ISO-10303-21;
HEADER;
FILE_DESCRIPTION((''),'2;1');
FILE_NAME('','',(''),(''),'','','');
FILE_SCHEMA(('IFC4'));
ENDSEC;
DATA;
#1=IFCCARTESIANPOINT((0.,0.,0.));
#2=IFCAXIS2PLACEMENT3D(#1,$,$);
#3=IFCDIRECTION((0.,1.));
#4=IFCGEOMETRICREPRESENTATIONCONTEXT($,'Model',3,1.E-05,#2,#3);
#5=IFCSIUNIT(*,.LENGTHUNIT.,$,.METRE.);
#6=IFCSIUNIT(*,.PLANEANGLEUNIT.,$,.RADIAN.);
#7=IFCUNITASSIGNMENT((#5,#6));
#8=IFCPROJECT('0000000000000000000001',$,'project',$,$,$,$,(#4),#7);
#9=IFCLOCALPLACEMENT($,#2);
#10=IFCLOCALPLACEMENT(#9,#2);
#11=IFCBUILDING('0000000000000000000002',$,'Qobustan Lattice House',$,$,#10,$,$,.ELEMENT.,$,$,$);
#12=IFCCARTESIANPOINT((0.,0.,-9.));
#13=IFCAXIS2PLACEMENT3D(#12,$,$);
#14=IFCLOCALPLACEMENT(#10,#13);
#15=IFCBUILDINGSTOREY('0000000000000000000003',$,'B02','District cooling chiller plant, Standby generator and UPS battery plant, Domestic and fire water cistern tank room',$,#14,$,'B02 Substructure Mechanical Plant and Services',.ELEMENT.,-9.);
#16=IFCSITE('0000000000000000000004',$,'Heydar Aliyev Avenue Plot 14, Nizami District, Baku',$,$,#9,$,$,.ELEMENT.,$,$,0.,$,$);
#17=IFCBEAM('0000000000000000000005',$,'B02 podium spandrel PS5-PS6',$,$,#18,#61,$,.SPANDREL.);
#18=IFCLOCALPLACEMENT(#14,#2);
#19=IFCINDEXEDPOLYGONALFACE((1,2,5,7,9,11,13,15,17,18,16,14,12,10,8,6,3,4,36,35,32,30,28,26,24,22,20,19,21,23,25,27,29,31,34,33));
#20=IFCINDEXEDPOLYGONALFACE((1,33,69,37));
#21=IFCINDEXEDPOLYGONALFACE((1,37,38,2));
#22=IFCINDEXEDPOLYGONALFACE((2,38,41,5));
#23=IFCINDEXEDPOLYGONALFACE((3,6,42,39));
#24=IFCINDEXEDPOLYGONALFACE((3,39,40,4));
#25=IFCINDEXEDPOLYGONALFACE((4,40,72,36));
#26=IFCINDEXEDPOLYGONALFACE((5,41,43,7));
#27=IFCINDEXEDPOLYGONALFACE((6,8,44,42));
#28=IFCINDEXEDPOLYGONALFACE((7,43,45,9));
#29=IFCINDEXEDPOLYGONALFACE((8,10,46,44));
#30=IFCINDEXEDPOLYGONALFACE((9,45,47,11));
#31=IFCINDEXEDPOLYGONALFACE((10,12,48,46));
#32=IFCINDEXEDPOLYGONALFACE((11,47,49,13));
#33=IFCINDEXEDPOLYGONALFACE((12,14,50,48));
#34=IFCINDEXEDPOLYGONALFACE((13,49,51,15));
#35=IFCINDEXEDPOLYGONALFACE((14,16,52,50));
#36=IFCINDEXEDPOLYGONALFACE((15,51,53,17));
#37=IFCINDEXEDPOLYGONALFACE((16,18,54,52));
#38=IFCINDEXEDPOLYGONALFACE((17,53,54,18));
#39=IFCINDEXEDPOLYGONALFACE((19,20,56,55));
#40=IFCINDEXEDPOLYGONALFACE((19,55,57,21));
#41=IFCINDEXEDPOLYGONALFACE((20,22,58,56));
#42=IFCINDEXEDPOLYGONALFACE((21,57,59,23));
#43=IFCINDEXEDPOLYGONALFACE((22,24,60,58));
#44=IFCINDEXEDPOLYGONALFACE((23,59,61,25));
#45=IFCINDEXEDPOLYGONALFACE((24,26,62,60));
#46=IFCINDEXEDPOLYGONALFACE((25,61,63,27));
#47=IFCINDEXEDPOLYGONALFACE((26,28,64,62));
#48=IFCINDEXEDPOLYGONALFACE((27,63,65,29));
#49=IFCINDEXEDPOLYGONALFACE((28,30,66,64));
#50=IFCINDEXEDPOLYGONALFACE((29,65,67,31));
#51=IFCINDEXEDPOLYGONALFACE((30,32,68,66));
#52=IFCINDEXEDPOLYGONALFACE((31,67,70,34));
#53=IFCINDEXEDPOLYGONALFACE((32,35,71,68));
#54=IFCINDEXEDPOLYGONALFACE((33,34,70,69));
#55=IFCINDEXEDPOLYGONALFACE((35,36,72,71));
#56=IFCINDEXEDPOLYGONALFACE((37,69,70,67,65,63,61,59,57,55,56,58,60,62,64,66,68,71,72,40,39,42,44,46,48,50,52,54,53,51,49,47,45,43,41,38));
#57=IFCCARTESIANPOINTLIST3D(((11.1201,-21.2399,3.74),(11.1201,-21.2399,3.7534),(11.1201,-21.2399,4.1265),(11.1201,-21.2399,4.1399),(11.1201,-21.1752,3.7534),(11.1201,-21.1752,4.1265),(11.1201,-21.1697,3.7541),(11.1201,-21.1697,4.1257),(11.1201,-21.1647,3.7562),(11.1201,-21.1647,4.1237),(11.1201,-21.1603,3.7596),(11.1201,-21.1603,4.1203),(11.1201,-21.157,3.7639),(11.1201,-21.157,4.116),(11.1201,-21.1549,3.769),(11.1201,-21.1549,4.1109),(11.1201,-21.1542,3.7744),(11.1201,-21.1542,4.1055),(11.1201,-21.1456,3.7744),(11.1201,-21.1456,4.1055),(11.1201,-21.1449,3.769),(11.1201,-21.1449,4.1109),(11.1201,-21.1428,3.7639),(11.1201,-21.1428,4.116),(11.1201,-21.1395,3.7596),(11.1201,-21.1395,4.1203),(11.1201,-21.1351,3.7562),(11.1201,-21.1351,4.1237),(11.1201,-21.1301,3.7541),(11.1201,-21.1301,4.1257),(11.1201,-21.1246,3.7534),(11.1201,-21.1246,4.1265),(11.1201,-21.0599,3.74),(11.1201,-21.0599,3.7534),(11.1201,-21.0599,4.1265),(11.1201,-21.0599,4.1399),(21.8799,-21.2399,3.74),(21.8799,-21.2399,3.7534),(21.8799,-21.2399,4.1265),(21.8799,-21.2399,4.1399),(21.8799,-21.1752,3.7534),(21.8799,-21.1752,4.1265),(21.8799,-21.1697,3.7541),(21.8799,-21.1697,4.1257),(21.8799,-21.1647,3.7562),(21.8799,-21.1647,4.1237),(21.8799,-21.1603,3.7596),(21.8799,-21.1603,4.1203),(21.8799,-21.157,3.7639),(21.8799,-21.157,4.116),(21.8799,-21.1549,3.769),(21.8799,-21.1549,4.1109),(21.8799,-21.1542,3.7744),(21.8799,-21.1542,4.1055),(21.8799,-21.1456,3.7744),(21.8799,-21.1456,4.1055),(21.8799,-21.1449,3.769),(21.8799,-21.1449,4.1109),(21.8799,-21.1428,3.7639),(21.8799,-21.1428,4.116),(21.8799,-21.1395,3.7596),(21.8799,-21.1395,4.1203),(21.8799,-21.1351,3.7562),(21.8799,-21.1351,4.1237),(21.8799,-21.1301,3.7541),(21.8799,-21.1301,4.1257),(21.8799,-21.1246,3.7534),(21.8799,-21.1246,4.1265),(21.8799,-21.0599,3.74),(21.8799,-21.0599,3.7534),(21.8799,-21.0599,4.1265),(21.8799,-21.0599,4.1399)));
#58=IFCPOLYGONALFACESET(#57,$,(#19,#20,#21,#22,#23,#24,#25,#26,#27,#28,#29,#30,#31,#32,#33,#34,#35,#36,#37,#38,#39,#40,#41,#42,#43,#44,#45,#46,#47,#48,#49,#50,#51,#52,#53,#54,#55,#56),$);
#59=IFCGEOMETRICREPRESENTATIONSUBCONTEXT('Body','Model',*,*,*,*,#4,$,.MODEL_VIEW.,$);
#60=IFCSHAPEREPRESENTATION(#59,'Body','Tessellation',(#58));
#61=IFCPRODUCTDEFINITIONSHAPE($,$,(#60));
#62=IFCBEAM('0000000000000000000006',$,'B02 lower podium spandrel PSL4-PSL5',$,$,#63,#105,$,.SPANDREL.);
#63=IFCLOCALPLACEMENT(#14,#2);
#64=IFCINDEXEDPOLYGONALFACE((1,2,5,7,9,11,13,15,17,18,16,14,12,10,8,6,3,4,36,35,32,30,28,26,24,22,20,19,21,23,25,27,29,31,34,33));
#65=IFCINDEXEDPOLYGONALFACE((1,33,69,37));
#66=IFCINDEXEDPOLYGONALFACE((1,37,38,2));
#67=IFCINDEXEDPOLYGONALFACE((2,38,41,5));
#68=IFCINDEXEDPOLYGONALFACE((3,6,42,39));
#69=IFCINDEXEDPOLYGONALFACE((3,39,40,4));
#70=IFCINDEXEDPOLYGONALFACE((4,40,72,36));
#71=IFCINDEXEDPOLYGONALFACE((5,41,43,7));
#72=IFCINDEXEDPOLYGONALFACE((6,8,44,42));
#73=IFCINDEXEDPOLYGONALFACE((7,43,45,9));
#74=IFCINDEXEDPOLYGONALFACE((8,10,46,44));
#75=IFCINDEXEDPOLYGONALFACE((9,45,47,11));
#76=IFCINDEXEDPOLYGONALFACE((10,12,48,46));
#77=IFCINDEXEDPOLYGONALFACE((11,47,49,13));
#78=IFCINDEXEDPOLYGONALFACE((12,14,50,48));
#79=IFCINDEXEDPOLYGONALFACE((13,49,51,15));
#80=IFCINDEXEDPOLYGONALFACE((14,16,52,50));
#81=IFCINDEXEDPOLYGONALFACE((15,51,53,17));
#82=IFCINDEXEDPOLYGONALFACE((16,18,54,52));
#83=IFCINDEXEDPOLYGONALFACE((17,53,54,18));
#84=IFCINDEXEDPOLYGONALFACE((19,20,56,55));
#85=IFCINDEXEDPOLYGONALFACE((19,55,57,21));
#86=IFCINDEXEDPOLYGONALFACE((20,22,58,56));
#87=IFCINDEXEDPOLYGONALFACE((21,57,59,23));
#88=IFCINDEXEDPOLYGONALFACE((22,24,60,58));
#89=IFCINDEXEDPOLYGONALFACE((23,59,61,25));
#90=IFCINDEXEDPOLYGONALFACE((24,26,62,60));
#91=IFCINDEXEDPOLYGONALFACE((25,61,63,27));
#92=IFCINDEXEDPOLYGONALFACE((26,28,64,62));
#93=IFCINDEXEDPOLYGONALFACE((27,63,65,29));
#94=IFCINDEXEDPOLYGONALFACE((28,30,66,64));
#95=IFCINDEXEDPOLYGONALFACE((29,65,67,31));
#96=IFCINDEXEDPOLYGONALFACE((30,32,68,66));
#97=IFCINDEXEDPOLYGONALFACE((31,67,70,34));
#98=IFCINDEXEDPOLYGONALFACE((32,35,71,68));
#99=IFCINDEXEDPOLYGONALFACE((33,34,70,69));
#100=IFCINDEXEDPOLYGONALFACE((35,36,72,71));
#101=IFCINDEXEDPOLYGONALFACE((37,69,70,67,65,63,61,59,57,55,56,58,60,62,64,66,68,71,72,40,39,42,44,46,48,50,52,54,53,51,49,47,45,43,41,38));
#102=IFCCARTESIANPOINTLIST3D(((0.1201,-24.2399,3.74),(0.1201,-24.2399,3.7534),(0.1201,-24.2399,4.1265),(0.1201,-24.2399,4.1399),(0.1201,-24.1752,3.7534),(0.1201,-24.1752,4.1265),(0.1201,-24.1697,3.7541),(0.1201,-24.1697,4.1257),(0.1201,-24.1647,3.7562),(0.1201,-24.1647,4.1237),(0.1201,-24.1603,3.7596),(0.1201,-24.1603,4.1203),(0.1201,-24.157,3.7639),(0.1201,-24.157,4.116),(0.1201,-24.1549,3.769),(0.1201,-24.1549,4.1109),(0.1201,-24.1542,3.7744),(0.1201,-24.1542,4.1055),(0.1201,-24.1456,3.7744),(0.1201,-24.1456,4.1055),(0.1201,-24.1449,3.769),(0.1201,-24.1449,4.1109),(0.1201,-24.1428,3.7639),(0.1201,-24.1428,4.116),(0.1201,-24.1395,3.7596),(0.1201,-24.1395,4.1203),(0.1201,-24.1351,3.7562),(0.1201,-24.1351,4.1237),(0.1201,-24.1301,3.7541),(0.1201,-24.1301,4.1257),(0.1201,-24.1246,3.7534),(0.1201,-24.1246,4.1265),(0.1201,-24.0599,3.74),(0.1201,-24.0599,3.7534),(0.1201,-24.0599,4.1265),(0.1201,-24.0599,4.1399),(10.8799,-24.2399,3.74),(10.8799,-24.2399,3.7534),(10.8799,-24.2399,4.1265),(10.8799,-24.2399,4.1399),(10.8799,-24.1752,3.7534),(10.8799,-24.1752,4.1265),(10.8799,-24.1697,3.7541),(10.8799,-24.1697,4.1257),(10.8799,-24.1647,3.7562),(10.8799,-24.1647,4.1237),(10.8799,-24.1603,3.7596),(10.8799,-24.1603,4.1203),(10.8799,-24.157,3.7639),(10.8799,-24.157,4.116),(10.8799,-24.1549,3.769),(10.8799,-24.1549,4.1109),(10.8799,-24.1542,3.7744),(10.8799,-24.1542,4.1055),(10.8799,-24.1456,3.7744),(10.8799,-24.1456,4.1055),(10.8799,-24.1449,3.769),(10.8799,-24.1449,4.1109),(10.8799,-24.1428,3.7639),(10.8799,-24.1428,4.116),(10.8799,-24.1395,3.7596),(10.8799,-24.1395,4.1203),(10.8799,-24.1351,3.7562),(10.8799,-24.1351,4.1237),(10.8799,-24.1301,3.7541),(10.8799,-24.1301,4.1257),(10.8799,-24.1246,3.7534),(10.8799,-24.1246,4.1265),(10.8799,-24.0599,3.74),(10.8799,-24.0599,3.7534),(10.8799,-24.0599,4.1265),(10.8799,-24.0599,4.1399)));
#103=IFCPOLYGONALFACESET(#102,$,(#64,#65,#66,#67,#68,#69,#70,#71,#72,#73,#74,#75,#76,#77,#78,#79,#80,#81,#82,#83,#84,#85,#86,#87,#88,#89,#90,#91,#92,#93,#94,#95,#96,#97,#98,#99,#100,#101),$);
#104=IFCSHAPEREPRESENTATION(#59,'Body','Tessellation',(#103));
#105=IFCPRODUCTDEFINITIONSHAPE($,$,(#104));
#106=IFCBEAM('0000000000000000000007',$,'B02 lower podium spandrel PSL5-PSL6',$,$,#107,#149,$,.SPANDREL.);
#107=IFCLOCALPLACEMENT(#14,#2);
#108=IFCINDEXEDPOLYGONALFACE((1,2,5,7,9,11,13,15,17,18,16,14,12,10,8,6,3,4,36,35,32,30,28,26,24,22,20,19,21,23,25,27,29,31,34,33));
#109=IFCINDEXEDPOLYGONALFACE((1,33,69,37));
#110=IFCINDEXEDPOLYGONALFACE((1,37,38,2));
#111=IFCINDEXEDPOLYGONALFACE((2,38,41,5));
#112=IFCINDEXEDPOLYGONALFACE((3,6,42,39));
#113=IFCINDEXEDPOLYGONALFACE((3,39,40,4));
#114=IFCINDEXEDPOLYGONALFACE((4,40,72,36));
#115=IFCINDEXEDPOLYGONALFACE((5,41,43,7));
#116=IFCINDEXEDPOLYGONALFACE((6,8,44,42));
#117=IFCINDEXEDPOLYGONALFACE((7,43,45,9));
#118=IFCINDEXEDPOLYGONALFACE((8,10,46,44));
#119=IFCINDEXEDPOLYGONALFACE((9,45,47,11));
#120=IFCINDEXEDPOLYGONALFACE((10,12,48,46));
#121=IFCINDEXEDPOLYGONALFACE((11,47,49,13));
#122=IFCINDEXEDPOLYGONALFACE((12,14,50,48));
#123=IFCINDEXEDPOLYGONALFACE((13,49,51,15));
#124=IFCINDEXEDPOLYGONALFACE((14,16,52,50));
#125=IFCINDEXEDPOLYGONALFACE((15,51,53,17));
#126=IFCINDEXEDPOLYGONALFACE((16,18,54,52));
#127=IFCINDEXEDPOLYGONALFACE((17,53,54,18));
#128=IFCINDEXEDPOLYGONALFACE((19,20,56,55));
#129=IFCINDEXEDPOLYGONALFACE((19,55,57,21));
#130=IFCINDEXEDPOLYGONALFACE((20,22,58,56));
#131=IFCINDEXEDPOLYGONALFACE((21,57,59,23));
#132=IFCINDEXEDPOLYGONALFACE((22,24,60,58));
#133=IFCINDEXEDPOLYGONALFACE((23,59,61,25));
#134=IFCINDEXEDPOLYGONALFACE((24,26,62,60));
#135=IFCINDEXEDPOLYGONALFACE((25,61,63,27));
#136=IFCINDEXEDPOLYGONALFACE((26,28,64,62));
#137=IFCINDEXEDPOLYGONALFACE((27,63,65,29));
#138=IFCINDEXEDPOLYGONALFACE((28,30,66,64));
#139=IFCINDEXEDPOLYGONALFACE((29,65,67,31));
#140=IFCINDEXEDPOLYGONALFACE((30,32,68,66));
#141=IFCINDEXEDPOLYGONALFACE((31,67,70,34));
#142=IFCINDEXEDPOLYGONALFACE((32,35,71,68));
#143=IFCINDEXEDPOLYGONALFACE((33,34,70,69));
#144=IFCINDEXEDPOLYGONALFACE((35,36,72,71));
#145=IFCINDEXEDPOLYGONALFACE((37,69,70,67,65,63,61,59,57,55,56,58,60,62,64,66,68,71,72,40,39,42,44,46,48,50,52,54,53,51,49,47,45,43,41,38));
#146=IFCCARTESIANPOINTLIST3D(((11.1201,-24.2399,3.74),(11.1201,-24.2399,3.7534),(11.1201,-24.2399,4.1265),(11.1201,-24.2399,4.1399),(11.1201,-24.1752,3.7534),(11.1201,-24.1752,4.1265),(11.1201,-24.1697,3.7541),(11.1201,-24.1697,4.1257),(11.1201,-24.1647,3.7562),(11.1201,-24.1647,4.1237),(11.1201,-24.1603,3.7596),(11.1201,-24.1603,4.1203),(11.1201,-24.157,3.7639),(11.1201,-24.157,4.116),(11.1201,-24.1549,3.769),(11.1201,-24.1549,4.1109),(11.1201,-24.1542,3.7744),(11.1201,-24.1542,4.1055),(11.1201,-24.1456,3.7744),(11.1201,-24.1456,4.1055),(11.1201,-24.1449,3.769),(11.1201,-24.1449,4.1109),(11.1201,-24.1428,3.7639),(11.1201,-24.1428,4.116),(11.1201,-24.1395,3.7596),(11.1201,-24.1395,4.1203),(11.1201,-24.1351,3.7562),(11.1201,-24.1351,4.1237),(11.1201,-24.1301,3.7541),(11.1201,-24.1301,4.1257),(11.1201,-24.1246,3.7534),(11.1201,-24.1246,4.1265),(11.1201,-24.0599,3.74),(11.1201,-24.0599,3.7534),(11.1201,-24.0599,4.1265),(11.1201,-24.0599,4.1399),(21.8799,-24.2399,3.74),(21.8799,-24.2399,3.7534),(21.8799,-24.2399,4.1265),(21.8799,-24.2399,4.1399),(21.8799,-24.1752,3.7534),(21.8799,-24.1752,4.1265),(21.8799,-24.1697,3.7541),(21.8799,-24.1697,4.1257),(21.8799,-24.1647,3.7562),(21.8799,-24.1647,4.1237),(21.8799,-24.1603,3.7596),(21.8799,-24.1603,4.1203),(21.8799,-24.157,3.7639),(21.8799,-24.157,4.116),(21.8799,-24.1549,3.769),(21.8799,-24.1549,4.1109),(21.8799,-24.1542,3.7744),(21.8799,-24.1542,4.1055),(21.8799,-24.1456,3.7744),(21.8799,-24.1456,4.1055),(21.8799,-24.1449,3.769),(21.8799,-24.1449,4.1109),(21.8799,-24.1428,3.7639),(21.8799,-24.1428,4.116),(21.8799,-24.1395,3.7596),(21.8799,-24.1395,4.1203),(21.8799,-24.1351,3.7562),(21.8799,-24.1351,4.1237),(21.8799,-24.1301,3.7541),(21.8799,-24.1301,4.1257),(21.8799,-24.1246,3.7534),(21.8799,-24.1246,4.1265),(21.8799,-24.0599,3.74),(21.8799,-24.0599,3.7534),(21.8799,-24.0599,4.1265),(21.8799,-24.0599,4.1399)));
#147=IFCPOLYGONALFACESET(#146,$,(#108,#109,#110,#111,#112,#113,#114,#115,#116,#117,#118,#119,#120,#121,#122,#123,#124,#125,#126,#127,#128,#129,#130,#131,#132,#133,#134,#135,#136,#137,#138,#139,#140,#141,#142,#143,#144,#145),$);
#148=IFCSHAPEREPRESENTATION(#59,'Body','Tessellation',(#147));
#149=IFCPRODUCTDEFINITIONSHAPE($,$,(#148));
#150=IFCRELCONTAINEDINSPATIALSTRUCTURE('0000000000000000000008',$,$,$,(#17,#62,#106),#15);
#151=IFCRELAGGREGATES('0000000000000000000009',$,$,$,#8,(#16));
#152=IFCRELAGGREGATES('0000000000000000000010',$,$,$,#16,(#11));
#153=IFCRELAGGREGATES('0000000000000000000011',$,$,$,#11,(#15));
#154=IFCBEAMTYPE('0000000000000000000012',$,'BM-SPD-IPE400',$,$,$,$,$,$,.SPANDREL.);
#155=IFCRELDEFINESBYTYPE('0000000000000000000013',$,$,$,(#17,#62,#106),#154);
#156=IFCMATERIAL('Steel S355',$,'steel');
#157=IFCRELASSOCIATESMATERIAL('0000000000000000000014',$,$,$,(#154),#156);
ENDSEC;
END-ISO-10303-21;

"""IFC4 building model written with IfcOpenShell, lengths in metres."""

from ifc_helpers import new_model, si_unit, direction, frame, origin, origin_2d, place, context, subcontext, project, spatial, i_section, extrude, material, material_profile, profile_set, type_object, element, save


model = new_model("IFC4")

# Units and contexts
model_context = context("Model", 3, precision=1e-05, world=origin(), true_north=direction((0.0, 1.0)))
body_context = subcontext(model_context, "Body", "Model", "MODEL_VIEW")
ifc_project = project(units=[si_unit("LENGTHUNIT", "METRE"), si_unit("PLANEANGLEUNIT", "RADIAN")], contexts=[model_context])

# Site, building, storey
site_placement = place(None, origin())
site = spatial("IfcSite", under=ifc_project, at=site_placement, Name="Heydar Aliyev Avenue Plot 14, Nizami District, Baku", CompositionType="ELEMENT", RefElevation=0.0)
building_placement = place(site_placement, origin())
building = spatial("IfcBuilding", under=site, at=building_placement, Name="Qobustan Lattice House", CompositionType="ELEMENT")
storey_placement = place(building_placement, frame((0.0, 0.0, -9.0)))
storey = spatial("IfcBuildingStorey", under=building, at=storey_placement, Name="B02", Description="District cooling chiller plant, Standby generator and UPS battery plant, Domestic and fire water cistern tank room", LongName="B02 Substructure Mechanical Plant and Services", CompositionType="ELEMENT", Elevation=-9.0)

# Beams
ifc_material_1 = material(Name="Steel S355", Category="steel")
ifc_material_profile_1 = material_profile(ifc_material_1, i_section(OverallWidth=0.1799, OverallDepth=0.3999, WebThickness=0.0085, FlangeThickness=0.0134, FilletRadius=0.021, at=origin_2d()), Name="IPE400")
ifc_profile_set_1 = profile_set([ifc_material_profile_1], Name="Steel S355")
beam_type_1 = type_object("IfcBeamType", Name="BM-SPD-IPE400", PredefinedType="SPANDREL", material=ifc_profile_set_1)
for number, where, z_axis, x_axis, name in (
    (1, (11.1201, -21.1499, 3.9399), (1.0, 0.0, 0.0), (0.0, 1.0, 0.0), "B02 podium spandrel PS5-PS6"),
    (2, (0.1201, -24.1499, 3.9399), (1.0, 0.0, 0.0), (0.0, 1.0, 0.0), "B02 lower podium spandrel PSL4-PSL5"),
    (3, (11.1201, -24.1499, 3.9399), (1.0, 0.0, 0.0), (0.0, 1.0, 0.0), "B02 lower podium spandrel PSL5-PSL6"),
):
    element("IfcBeam", number, at=place(storey_placement, frame(where, z_axis=z_axis, x_axis=x_axis)), inside=storey, type_object=beam_type_1, Name=name, PredefinedType="SPANDREL", context=body_context, shape_type="SweptSolid", body=[
        extrude(i_section(OverallWidth=0.1799, OverallDepth=0.3999, WebThickness=0.0085, FlangeThickness=0.0134, FilletRadius=0.021, at=origin_2d()), origin(), (0.0, 0.0, 1.0), 10.7598),
    ])

save(model, "model.ifc")
